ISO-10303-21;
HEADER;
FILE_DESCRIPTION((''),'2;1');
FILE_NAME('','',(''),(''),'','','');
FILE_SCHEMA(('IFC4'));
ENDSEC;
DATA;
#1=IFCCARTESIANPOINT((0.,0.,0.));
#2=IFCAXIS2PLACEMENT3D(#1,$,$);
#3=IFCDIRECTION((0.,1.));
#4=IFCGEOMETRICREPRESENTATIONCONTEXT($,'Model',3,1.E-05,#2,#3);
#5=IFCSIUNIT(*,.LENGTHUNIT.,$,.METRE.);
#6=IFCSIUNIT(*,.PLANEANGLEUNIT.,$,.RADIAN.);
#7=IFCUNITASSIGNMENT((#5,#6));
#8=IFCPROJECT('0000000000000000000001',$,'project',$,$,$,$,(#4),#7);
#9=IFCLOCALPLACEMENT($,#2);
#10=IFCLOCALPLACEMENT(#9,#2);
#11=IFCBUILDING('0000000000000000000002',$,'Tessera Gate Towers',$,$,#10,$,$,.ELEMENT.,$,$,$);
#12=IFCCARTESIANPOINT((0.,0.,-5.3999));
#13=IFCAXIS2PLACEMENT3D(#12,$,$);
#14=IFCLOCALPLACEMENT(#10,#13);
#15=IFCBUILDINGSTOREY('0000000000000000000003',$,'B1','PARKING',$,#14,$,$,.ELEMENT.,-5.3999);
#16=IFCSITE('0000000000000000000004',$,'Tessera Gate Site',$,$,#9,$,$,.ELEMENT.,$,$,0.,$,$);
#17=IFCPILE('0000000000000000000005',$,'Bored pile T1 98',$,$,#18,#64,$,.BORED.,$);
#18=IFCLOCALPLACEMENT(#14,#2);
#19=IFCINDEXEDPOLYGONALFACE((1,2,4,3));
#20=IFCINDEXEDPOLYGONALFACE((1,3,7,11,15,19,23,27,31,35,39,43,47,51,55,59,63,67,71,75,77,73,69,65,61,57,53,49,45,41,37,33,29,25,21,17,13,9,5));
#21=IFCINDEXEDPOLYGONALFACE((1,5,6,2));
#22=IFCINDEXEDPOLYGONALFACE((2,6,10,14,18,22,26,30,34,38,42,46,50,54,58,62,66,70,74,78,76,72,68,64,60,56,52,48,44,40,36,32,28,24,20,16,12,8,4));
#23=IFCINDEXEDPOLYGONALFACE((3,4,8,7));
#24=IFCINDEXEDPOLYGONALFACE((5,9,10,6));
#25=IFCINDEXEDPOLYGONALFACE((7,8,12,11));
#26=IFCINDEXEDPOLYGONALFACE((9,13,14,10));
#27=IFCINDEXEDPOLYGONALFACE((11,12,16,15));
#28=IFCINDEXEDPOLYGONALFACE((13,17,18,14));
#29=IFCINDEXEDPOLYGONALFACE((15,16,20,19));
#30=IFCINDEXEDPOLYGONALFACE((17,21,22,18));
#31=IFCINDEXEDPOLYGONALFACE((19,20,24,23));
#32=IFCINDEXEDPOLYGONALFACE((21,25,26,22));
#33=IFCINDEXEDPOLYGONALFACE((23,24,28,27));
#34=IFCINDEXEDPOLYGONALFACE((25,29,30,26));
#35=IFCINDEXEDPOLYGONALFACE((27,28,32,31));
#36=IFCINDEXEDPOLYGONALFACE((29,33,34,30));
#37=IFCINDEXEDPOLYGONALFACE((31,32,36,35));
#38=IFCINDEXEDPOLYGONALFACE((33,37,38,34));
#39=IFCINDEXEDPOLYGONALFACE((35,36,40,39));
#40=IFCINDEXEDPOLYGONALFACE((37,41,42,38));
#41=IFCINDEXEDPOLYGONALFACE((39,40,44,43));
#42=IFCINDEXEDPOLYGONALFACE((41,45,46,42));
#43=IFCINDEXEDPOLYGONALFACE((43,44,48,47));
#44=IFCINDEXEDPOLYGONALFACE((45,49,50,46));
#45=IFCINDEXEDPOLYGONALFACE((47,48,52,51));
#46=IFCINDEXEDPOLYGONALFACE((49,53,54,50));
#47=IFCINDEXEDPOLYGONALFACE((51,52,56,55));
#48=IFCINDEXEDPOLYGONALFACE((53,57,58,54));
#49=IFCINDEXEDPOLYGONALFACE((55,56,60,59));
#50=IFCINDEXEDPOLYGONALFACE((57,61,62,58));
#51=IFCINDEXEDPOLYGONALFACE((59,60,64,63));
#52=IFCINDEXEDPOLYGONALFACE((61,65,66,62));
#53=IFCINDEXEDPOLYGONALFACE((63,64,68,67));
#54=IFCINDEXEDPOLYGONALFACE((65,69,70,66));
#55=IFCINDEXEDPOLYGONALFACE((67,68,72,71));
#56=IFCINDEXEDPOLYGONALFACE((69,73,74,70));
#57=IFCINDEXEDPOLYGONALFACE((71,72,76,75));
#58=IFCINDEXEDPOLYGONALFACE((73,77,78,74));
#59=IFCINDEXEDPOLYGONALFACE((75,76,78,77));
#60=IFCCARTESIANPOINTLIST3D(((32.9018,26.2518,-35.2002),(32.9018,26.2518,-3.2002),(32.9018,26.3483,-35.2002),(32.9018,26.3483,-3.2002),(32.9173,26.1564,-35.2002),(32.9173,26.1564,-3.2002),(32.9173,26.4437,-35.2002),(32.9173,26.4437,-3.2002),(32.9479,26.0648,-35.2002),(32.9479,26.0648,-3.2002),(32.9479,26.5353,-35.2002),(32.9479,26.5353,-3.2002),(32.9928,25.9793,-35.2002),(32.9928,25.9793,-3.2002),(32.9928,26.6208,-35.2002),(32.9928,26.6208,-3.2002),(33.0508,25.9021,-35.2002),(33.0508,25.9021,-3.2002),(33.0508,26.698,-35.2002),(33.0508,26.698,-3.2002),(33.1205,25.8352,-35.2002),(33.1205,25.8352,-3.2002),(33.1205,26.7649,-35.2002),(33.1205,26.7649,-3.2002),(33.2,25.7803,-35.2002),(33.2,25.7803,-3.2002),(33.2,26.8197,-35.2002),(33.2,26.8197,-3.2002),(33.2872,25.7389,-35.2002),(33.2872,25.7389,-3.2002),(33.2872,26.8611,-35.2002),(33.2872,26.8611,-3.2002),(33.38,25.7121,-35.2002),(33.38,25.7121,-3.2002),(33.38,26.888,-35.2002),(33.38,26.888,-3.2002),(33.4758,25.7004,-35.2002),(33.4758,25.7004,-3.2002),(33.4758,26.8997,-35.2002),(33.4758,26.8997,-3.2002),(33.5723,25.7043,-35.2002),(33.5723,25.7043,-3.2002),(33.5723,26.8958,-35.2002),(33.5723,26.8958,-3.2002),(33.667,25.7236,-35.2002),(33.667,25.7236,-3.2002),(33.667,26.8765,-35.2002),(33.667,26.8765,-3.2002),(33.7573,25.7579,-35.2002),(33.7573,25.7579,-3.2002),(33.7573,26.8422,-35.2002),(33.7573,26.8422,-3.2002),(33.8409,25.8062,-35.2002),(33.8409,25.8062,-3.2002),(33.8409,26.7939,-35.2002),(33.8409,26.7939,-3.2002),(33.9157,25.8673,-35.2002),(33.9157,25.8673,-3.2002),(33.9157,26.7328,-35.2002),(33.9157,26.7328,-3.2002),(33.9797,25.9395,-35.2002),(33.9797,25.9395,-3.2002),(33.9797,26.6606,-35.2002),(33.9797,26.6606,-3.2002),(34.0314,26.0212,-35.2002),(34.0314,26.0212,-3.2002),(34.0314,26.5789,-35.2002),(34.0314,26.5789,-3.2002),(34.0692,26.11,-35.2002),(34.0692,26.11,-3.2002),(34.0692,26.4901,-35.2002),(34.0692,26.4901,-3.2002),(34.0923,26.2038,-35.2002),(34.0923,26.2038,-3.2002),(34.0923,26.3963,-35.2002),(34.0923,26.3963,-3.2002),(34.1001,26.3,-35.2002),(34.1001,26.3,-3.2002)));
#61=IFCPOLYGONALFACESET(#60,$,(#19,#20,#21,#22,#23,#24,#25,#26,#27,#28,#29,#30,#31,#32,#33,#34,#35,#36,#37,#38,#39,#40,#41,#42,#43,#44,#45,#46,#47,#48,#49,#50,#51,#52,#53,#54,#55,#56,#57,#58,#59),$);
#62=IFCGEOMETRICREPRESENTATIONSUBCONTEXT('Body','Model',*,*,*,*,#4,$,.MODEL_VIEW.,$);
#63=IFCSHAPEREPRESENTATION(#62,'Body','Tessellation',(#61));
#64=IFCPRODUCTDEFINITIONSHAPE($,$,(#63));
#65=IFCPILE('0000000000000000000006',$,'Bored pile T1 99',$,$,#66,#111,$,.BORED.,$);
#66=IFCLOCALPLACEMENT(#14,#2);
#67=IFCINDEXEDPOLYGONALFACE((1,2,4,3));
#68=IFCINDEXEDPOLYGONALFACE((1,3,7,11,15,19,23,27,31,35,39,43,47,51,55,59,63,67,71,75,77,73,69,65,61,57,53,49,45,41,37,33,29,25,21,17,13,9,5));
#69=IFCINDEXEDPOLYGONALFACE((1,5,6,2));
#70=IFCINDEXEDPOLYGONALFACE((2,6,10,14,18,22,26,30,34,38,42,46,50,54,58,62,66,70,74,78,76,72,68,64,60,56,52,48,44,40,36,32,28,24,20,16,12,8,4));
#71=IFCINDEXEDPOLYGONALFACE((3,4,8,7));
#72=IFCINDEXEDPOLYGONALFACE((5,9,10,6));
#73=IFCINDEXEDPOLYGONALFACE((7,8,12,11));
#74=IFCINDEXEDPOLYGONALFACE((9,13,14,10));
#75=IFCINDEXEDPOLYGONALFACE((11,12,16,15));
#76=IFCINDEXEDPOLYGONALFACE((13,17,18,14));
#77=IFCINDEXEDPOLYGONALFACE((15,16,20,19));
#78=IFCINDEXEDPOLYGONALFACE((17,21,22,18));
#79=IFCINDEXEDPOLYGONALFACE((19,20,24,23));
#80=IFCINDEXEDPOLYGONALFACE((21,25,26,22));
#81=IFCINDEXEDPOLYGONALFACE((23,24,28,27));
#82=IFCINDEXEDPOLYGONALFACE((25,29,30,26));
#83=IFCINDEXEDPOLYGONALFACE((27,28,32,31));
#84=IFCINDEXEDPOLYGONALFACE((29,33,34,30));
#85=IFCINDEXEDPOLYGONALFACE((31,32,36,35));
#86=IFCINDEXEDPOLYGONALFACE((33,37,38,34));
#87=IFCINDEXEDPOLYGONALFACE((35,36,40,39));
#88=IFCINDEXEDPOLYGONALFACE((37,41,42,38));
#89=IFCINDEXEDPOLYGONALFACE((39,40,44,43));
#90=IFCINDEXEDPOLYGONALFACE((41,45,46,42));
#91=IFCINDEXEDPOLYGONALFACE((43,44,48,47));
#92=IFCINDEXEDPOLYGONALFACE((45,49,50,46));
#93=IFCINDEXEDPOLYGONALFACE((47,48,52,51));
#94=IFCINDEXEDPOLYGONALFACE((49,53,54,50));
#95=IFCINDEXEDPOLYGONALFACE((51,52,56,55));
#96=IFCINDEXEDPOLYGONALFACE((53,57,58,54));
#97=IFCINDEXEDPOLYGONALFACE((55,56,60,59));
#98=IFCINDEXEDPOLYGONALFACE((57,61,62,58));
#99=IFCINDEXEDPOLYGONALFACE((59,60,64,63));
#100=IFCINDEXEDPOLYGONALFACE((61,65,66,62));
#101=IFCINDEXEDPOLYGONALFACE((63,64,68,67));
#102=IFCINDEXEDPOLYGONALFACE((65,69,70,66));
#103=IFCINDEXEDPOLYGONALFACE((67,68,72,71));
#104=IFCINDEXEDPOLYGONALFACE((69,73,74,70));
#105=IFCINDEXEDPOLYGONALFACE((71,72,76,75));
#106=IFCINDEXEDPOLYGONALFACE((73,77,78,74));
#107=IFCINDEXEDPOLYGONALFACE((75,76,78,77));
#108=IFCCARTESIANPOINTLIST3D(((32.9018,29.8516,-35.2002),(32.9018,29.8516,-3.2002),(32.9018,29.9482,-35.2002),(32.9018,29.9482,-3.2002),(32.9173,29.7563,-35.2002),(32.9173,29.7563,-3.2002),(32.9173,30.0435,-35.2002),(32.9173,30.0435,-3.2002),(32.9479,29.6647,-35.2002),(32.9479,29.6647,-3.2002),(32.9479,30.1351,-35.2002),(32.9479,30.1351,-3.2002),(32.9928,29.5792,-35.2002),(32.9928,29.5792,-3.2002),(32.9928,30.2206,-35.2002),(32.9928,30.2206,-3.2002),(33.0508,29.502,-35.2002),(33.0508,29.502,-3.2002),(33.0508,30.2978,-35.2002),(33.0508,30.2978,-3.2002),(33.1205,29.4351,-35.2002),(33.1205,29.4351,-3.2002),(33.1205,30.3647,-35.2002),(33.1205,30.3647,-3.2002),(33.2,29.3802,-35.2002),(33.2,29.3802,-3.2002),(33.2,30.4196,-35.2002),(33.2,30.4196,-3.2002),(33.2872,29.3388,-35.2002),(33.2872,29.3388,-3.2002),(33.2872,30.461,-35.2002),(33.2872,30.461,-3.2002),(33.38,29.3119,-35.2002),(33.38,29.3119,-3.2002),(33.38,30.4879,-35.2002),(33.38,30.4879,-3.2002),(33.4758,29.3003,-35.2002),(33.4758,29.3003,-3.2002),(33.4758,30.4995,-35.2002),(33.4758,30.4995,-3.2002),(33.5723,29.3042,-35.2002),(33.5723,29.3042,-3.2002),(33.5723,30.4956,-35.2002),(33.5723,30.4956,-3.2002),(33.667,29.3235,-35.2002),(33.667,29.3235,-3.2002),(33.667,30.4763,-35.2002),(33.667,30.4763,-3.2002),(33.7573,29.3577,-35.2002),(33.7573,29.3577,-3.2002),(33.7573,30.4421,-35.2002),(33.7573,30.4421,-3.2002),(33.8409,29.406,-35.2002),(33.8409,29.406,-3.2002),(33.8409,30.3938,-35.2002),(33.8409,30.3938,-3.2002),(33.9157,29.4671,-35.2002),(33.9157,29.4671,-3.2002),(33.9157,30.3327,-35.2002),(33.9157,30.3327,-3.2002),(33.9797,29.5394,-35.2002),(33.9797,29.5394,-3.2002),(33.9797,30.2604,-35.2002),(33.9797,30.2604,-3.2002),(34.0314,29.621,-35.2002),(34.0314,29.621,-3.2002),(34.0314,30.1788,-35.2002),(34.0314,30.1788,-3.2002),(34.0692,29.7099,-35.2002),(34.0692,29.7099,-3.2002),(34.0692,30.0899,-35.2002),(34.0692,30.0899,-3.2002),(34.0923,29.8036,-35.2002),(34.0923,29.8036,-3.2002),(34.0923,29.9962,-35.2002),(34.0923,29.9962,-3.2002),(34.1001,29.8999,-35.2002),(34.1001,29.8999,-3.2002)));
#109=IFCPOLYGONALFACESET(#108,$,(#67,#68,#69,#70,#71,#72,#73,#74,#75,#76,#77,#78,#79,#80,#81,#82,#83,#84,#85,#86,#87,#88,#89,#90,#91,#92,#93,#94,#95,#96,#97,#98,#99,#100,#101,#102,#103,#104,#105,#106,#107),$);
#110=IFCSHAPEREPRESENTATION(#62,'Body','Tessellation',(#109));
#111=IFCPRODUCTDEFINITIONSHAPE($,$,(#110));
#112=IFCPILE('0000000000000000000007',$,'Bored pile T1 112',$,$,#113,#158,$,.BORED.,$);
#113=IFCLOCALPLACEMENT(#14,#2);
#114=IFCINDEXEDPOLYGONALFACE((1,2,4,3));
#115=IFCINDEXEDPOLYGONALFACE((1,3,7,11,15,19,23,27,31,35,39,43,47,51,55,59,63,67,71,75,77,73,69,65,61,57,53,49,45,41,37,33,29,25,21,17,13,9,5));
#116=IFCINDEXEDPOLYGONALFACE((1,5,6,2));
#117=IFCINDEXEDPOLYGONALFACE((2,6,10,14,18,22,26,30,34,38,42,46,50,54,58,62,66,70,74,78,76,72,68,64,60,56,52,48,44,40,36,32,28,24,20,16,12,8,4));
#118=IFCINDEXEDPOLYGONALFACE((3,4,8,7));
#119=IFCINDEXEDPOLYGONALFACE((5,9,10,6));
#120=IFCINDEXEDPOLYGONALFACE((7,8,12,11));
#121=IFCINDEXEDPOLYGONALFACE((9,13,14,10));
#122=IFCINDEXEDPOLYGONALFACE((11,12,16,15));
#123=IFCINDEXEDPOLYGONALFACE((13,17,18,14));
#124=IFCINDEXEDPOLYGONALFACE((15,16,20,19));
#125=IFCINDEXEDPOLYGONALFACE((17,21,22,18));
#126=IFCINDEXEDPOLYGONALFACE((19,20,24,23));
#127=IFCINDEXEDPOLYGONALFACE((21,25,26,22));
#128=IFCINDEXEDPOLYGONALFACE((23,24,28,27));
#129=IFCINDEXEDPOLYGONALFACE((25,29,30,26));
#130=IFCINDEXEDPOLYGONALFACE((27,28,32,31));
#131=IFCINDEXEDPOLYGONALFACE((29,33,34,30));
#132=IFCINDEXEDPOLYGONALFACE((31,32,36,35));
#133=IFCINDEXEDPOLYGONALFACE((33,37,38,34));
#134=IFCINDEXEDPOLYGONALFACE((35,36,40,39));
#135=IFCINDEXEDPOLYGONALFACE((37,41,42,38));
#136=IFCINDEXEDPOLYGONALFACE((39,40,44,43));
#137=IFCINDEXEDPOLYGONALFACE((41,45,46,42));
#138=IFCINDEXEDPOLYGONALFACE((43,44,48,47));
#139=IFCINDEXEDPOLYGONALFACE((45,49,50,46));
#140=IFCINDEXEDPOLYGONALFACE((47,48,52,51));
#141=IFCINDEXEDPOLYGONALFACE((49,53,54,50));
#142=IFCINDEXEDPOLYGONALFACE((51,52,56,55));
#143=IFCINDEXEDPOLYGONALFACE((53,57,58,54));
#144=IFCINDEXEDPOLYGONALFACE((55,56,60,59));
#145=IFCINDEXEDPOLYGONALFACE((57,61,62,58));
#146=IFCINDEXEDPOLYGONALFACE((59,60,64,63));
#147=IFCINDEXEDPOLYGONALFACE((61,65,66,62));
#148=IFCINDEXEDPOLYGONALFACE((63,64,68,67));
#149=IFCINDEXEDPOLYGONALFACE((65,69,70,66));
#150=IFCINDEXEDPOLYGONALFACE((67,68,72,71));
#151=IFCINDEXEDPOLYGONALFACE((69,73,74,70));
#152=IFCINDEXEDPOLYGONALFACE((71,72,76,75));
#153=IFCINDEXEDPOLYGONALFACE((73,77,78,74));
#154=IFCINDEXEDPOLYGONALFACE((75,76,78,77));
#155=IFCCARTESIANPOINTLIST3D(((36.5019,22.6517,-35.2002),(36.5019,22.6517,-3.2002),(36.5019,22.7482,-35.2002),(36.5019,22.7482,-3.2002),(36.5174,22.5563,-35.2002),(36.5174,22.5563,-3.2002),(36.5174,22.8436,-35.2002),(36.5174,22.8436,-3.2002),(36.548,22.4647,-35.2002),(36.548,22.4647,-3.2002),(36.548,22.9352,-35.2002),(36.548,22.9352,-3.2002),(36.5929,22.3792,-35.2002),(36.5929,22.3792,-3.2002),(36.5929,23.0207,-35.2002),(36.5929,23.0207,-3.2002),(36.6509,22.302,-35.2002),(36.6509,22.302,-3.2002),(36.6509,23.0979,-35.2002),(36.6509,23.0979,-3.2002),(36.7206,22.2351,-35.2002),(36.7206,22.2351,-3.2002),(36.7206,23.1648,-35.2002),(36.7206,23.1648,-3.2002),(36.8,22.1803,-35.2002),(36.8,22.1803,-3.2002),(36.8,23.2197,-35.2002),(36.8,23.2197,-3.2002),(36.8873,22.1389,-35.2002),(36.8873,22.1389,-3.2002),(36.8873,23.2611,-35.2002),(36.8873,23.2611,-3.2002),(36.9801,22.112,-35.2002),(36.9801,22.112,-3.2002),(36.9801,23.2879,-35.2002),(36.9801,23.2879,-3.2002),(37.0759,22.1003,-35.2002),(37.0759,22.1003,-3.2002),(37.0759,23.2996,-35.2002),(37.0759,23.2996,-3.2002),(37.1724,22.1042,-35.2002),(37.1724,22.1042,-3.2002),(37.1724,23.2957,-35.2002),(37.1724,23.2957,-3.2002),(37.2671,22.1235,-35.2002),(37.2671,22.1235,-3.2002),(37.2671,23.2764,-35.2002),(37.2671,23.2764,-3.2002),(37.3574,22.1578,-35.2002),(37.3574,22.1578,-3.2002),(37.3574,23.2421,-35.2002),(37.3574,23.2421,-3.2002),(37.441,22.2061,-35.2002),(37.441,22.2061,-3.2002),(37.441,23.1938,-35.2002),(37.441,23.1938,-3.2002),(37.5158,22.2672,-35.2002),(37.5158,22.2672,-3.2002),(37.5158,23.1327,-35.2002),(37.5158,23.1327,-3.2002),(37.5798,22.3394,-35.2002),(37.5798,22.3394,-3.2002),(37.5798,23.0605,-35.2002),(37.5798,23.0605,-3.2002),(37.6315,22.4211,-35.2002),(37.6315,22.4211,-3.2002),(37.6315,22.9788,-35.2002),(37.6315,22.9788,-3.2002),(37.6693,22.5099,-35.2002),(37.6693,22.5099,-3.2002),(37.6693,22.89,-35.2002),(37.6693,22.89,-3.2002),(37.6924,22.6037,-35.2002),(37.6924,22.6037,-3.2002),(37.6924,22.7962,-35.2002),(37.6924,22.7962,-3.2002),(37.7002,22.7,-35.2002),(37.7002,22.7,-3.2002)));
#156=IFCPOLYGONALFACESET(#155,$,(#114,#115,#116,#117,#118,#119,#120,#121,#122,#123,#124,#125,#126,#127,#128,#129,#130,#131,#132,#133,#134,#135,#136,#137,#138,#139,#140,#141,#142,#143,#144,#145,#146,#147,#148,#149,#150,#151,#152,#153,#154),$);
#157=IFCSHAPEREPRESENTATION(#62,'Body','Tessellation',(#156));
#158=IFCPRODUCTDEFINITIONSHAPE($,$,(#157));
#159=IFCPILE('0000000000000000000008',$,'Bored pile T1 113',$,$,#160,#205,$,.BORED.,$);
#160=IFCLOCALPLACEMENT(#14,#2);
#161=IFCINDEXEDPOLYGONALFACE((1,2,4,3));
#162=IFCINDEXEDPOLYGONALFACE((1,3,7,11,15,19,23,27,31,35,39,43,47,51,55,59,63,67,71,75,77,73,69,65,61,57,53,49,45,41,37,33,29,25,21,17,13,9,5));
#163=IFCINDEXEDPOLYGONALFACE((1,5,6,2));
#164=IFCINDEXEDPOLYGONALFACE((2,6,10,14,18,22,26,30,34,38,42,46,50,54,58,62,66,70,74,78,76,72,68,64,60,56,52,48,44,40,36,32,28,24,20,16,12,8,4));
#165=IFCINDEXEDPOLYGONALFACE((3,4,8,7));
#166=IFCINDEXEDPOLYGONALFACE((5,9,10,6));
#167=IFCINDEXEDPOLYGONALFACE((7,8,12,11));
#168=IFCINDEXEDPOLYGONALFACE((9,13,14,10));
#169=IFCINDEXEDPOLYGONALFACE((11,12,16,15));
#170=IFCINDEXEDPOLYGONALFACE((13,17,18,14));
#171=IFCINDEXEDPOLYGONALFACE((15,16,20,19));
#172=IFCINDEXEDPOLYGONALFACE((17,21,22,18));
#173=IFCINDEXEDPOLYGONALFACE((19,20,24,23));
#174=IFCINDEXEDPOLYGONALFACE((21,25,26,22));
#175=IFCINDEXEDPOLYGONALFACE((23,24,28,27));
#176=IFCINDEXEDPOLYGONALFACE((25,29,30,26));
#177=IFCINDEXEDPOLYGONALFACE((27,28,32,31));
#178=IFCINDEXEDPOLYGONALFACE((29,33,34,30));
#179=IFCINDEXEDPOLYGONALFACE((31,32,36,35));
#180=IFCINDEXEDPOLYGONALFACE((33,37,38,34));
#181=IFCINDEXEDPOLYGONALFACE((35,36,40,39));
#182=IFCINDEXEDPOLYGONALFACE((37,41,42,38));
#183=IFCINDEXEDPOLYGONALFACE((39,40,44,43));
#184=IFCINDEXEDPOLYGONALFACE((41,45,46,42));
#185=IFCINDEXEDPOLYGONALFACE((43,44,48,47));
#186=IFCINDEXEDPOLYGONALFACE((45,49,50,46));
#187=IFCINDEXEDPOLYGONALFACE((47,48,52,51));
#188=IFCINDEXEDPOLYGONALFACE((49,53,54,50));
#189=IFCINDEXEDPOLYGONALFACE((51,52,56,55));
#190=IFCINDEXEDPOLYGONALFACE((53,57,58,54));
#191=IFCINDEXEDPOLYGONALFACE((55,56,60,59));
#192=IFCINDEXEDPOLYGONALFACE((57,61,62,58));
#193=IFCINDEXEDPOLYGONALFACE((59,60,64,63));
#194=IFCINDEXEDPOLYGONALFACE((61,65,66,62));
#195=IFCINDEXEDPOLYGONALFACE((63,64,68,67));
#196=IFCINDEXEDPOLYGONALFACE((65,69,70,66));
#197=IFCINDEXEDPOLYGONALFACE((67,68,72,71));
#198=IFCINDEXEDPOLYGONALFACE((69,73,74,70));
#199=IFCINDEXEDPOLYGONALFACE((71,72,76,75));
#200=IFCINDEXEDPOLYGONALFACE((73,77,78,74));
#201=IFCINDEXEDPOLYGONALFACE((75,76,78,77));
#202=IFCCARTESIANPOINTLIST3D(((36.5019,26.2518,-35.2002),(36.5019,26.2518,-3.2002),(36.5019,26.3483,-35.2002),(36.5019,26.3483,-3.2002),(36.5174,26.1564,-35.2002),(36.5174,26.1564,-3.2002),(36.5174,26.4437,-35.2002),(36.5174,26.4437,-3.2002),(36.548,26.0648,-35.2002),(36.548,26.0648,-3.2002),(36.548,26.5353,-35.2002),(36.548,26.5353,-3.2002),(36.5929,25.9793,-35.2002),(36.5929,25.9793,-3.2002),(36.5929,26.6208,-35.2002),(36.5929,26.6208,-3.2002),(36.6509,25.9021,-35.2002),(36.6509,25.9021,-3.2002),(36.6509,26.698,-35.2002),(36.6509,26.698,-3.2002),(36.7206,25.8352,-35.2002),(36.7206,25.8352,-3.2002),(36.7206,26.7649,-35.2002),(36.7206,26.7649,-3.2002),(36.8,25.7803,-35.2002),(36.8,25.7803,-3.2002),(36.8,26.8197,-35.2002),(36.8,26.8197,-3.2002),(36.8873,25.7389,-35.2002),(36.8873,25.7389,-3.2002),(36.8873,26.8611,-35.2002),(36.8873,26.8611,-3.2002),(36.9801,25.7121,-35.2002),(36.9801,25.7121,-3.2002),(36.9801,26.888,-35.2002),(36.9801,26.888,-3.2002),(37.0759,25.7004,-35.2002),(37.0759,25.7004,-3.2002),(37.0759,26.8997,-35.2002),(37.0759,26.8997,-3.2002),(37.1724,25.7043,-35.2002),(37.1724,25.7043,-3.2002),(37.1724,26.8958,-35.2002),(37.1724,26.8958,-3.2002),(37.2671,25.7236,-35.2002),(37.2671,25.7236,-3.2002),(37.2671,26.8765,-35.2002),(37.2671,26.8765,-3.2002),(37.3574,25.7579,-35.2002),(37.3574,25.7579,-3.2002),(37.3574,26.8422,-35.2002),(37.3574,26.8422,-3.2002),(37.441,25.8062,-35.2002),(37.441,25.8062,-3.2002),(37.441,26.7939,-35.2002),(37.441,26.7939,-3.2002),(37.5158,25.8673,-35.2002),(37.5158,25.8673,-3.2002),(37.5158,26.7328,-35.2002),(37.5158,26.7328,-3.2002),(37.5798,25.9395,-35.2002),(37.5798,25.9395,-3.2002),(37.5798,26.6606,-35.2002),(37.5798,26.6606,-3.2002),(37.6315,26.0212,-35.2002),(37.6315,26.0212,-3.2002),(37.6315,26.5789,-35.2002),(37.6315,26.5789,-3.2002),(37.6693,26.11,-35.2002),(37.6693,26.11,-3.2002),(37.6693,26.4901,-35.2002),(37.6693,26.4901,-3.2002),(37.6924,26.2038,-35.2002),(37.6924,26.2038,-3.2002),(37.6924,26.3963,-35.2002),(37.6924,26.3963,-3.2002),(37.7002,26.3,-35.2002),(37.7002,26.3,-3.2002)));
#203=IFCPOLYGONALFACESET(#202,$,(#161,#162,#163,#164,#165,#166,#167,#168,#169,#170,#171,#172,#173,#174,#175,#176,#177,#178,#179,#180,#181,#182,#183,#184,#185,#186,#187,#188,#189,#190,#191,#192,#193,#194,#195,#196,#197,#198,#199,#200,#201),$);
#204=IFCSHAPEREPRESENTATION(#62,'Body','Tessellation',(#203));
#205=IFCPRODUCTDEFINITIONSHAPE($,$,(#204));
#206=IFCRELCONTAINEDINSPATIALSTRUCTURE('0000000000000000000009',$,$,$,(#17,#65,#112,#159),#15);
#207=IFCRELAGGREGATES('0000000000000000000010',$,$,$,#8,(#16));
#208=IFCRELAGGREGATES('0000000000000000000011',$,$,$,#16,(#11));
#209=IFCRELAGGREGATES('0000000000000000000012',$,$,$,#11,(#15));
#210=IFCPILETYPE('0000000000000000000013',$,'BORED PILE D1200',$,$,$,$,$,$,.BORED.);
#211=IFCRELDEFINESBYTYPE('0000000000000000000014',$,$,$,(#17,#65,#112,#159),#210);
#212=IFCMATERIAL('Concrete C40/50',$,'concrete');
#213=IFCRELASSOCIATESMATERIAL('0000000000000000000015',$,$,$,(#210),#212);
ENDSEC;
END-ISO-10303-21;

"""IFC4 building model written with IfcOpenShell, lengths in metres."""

from ifc_helpers import new_model, si_unit, direction, frame, origin, origin_2d, place, context, subcontext, project, spatial, circle, extrude, material, material_profile, profile_set, type_object, element, save


model = new_model("IFC4")

# Units and contexts
model_context = context("Model", 3, precision=1e-05, world=origin(), true_north=direction((0.0, 1.0)))
body_context = subcontext(model_context, "Body", "Model", "MODEL_VIEW")
ifc_project = project(units=[si_unit("LENGTHUNIT", "METRE"), si_unit("PLANEANGLEUNIT", "RADIAN")], contexts=[model_context])

# Site, building, storey
site_placement = place(None, origin())
site = spatial("IfcSite", under=ifc_project, at=site_placement, Name="Tessera Gate Site", CompositionType="ELEMENT", RefElevation=0.0)
building_placement = place(site_placement, origin())
building = spatial("IfcBuilding", under=site, at=building_placement, Name="Tessera Gate Towers", CompositionType="ELEMENT")
storey_placement = place(building_placement, frame((0.0, 0.0, -5.3999)))
storey = spatial("IfcBuildingStorey", under=building, at=storey_placement, Name="B1", Description="PARKING", CompositionType="ELEMENT", Elevation=-5.3999)

# Piles
ifc_material_1 = material(Name="Concrete C40/50", Category="concrete")
ifc_material_profile = material_profile(ifc_material_1, circle(Radius=0.6001, at=origin_2d()), Name="BORED PILE D1200")
ifc_profile_set = profile_set([ifc_material_profile], Name="Concrete C40/50")
pile_type = type_object("IfcPileType", Name="BORED PILE D1200", PredefinedType="BORED", material=ifc_profile_set)
for number, where, z_axis, x_axis, name in (
    (1, (33.5, 26.3, -3.2002), (0.0, 0.0, -1.0), (1.0, 0.0, 0.0), "Bored pile T1 98"),
    (2, (33.5, 29.8999, -3.2002), (0.0, 0.0, -1.0), (1.0, 0.0, 0.0), "Bored pile T1 99"),
    (3, (37.1001, 22.7, -3.2002), (0.0, 0.0, -1.0), (1.0, 0.0, 0.0), "Bored pile T1 112"),
    (4, (37.1001, 26.3, -3.2002), (0.0, 0.0, -1.0), (1.0, 0.0, 0.0), "Bored pile T1 113"),
):
    element("IfcPile", number, at=place(storey_placement, frame(where, z_axis=z_axis, x_axis=x_axis)), inside=storey, type_object=pile_type, Name=name, PredefinedType="BORED", context=body_context, shape_type="SweptSolid", body=[
        extrude(circle(Radius=0.6001, at=origin_2d()), origin(), (0.0, 0.0, 1.0), 32.0),
    ])

save(model, "model.ifc")
